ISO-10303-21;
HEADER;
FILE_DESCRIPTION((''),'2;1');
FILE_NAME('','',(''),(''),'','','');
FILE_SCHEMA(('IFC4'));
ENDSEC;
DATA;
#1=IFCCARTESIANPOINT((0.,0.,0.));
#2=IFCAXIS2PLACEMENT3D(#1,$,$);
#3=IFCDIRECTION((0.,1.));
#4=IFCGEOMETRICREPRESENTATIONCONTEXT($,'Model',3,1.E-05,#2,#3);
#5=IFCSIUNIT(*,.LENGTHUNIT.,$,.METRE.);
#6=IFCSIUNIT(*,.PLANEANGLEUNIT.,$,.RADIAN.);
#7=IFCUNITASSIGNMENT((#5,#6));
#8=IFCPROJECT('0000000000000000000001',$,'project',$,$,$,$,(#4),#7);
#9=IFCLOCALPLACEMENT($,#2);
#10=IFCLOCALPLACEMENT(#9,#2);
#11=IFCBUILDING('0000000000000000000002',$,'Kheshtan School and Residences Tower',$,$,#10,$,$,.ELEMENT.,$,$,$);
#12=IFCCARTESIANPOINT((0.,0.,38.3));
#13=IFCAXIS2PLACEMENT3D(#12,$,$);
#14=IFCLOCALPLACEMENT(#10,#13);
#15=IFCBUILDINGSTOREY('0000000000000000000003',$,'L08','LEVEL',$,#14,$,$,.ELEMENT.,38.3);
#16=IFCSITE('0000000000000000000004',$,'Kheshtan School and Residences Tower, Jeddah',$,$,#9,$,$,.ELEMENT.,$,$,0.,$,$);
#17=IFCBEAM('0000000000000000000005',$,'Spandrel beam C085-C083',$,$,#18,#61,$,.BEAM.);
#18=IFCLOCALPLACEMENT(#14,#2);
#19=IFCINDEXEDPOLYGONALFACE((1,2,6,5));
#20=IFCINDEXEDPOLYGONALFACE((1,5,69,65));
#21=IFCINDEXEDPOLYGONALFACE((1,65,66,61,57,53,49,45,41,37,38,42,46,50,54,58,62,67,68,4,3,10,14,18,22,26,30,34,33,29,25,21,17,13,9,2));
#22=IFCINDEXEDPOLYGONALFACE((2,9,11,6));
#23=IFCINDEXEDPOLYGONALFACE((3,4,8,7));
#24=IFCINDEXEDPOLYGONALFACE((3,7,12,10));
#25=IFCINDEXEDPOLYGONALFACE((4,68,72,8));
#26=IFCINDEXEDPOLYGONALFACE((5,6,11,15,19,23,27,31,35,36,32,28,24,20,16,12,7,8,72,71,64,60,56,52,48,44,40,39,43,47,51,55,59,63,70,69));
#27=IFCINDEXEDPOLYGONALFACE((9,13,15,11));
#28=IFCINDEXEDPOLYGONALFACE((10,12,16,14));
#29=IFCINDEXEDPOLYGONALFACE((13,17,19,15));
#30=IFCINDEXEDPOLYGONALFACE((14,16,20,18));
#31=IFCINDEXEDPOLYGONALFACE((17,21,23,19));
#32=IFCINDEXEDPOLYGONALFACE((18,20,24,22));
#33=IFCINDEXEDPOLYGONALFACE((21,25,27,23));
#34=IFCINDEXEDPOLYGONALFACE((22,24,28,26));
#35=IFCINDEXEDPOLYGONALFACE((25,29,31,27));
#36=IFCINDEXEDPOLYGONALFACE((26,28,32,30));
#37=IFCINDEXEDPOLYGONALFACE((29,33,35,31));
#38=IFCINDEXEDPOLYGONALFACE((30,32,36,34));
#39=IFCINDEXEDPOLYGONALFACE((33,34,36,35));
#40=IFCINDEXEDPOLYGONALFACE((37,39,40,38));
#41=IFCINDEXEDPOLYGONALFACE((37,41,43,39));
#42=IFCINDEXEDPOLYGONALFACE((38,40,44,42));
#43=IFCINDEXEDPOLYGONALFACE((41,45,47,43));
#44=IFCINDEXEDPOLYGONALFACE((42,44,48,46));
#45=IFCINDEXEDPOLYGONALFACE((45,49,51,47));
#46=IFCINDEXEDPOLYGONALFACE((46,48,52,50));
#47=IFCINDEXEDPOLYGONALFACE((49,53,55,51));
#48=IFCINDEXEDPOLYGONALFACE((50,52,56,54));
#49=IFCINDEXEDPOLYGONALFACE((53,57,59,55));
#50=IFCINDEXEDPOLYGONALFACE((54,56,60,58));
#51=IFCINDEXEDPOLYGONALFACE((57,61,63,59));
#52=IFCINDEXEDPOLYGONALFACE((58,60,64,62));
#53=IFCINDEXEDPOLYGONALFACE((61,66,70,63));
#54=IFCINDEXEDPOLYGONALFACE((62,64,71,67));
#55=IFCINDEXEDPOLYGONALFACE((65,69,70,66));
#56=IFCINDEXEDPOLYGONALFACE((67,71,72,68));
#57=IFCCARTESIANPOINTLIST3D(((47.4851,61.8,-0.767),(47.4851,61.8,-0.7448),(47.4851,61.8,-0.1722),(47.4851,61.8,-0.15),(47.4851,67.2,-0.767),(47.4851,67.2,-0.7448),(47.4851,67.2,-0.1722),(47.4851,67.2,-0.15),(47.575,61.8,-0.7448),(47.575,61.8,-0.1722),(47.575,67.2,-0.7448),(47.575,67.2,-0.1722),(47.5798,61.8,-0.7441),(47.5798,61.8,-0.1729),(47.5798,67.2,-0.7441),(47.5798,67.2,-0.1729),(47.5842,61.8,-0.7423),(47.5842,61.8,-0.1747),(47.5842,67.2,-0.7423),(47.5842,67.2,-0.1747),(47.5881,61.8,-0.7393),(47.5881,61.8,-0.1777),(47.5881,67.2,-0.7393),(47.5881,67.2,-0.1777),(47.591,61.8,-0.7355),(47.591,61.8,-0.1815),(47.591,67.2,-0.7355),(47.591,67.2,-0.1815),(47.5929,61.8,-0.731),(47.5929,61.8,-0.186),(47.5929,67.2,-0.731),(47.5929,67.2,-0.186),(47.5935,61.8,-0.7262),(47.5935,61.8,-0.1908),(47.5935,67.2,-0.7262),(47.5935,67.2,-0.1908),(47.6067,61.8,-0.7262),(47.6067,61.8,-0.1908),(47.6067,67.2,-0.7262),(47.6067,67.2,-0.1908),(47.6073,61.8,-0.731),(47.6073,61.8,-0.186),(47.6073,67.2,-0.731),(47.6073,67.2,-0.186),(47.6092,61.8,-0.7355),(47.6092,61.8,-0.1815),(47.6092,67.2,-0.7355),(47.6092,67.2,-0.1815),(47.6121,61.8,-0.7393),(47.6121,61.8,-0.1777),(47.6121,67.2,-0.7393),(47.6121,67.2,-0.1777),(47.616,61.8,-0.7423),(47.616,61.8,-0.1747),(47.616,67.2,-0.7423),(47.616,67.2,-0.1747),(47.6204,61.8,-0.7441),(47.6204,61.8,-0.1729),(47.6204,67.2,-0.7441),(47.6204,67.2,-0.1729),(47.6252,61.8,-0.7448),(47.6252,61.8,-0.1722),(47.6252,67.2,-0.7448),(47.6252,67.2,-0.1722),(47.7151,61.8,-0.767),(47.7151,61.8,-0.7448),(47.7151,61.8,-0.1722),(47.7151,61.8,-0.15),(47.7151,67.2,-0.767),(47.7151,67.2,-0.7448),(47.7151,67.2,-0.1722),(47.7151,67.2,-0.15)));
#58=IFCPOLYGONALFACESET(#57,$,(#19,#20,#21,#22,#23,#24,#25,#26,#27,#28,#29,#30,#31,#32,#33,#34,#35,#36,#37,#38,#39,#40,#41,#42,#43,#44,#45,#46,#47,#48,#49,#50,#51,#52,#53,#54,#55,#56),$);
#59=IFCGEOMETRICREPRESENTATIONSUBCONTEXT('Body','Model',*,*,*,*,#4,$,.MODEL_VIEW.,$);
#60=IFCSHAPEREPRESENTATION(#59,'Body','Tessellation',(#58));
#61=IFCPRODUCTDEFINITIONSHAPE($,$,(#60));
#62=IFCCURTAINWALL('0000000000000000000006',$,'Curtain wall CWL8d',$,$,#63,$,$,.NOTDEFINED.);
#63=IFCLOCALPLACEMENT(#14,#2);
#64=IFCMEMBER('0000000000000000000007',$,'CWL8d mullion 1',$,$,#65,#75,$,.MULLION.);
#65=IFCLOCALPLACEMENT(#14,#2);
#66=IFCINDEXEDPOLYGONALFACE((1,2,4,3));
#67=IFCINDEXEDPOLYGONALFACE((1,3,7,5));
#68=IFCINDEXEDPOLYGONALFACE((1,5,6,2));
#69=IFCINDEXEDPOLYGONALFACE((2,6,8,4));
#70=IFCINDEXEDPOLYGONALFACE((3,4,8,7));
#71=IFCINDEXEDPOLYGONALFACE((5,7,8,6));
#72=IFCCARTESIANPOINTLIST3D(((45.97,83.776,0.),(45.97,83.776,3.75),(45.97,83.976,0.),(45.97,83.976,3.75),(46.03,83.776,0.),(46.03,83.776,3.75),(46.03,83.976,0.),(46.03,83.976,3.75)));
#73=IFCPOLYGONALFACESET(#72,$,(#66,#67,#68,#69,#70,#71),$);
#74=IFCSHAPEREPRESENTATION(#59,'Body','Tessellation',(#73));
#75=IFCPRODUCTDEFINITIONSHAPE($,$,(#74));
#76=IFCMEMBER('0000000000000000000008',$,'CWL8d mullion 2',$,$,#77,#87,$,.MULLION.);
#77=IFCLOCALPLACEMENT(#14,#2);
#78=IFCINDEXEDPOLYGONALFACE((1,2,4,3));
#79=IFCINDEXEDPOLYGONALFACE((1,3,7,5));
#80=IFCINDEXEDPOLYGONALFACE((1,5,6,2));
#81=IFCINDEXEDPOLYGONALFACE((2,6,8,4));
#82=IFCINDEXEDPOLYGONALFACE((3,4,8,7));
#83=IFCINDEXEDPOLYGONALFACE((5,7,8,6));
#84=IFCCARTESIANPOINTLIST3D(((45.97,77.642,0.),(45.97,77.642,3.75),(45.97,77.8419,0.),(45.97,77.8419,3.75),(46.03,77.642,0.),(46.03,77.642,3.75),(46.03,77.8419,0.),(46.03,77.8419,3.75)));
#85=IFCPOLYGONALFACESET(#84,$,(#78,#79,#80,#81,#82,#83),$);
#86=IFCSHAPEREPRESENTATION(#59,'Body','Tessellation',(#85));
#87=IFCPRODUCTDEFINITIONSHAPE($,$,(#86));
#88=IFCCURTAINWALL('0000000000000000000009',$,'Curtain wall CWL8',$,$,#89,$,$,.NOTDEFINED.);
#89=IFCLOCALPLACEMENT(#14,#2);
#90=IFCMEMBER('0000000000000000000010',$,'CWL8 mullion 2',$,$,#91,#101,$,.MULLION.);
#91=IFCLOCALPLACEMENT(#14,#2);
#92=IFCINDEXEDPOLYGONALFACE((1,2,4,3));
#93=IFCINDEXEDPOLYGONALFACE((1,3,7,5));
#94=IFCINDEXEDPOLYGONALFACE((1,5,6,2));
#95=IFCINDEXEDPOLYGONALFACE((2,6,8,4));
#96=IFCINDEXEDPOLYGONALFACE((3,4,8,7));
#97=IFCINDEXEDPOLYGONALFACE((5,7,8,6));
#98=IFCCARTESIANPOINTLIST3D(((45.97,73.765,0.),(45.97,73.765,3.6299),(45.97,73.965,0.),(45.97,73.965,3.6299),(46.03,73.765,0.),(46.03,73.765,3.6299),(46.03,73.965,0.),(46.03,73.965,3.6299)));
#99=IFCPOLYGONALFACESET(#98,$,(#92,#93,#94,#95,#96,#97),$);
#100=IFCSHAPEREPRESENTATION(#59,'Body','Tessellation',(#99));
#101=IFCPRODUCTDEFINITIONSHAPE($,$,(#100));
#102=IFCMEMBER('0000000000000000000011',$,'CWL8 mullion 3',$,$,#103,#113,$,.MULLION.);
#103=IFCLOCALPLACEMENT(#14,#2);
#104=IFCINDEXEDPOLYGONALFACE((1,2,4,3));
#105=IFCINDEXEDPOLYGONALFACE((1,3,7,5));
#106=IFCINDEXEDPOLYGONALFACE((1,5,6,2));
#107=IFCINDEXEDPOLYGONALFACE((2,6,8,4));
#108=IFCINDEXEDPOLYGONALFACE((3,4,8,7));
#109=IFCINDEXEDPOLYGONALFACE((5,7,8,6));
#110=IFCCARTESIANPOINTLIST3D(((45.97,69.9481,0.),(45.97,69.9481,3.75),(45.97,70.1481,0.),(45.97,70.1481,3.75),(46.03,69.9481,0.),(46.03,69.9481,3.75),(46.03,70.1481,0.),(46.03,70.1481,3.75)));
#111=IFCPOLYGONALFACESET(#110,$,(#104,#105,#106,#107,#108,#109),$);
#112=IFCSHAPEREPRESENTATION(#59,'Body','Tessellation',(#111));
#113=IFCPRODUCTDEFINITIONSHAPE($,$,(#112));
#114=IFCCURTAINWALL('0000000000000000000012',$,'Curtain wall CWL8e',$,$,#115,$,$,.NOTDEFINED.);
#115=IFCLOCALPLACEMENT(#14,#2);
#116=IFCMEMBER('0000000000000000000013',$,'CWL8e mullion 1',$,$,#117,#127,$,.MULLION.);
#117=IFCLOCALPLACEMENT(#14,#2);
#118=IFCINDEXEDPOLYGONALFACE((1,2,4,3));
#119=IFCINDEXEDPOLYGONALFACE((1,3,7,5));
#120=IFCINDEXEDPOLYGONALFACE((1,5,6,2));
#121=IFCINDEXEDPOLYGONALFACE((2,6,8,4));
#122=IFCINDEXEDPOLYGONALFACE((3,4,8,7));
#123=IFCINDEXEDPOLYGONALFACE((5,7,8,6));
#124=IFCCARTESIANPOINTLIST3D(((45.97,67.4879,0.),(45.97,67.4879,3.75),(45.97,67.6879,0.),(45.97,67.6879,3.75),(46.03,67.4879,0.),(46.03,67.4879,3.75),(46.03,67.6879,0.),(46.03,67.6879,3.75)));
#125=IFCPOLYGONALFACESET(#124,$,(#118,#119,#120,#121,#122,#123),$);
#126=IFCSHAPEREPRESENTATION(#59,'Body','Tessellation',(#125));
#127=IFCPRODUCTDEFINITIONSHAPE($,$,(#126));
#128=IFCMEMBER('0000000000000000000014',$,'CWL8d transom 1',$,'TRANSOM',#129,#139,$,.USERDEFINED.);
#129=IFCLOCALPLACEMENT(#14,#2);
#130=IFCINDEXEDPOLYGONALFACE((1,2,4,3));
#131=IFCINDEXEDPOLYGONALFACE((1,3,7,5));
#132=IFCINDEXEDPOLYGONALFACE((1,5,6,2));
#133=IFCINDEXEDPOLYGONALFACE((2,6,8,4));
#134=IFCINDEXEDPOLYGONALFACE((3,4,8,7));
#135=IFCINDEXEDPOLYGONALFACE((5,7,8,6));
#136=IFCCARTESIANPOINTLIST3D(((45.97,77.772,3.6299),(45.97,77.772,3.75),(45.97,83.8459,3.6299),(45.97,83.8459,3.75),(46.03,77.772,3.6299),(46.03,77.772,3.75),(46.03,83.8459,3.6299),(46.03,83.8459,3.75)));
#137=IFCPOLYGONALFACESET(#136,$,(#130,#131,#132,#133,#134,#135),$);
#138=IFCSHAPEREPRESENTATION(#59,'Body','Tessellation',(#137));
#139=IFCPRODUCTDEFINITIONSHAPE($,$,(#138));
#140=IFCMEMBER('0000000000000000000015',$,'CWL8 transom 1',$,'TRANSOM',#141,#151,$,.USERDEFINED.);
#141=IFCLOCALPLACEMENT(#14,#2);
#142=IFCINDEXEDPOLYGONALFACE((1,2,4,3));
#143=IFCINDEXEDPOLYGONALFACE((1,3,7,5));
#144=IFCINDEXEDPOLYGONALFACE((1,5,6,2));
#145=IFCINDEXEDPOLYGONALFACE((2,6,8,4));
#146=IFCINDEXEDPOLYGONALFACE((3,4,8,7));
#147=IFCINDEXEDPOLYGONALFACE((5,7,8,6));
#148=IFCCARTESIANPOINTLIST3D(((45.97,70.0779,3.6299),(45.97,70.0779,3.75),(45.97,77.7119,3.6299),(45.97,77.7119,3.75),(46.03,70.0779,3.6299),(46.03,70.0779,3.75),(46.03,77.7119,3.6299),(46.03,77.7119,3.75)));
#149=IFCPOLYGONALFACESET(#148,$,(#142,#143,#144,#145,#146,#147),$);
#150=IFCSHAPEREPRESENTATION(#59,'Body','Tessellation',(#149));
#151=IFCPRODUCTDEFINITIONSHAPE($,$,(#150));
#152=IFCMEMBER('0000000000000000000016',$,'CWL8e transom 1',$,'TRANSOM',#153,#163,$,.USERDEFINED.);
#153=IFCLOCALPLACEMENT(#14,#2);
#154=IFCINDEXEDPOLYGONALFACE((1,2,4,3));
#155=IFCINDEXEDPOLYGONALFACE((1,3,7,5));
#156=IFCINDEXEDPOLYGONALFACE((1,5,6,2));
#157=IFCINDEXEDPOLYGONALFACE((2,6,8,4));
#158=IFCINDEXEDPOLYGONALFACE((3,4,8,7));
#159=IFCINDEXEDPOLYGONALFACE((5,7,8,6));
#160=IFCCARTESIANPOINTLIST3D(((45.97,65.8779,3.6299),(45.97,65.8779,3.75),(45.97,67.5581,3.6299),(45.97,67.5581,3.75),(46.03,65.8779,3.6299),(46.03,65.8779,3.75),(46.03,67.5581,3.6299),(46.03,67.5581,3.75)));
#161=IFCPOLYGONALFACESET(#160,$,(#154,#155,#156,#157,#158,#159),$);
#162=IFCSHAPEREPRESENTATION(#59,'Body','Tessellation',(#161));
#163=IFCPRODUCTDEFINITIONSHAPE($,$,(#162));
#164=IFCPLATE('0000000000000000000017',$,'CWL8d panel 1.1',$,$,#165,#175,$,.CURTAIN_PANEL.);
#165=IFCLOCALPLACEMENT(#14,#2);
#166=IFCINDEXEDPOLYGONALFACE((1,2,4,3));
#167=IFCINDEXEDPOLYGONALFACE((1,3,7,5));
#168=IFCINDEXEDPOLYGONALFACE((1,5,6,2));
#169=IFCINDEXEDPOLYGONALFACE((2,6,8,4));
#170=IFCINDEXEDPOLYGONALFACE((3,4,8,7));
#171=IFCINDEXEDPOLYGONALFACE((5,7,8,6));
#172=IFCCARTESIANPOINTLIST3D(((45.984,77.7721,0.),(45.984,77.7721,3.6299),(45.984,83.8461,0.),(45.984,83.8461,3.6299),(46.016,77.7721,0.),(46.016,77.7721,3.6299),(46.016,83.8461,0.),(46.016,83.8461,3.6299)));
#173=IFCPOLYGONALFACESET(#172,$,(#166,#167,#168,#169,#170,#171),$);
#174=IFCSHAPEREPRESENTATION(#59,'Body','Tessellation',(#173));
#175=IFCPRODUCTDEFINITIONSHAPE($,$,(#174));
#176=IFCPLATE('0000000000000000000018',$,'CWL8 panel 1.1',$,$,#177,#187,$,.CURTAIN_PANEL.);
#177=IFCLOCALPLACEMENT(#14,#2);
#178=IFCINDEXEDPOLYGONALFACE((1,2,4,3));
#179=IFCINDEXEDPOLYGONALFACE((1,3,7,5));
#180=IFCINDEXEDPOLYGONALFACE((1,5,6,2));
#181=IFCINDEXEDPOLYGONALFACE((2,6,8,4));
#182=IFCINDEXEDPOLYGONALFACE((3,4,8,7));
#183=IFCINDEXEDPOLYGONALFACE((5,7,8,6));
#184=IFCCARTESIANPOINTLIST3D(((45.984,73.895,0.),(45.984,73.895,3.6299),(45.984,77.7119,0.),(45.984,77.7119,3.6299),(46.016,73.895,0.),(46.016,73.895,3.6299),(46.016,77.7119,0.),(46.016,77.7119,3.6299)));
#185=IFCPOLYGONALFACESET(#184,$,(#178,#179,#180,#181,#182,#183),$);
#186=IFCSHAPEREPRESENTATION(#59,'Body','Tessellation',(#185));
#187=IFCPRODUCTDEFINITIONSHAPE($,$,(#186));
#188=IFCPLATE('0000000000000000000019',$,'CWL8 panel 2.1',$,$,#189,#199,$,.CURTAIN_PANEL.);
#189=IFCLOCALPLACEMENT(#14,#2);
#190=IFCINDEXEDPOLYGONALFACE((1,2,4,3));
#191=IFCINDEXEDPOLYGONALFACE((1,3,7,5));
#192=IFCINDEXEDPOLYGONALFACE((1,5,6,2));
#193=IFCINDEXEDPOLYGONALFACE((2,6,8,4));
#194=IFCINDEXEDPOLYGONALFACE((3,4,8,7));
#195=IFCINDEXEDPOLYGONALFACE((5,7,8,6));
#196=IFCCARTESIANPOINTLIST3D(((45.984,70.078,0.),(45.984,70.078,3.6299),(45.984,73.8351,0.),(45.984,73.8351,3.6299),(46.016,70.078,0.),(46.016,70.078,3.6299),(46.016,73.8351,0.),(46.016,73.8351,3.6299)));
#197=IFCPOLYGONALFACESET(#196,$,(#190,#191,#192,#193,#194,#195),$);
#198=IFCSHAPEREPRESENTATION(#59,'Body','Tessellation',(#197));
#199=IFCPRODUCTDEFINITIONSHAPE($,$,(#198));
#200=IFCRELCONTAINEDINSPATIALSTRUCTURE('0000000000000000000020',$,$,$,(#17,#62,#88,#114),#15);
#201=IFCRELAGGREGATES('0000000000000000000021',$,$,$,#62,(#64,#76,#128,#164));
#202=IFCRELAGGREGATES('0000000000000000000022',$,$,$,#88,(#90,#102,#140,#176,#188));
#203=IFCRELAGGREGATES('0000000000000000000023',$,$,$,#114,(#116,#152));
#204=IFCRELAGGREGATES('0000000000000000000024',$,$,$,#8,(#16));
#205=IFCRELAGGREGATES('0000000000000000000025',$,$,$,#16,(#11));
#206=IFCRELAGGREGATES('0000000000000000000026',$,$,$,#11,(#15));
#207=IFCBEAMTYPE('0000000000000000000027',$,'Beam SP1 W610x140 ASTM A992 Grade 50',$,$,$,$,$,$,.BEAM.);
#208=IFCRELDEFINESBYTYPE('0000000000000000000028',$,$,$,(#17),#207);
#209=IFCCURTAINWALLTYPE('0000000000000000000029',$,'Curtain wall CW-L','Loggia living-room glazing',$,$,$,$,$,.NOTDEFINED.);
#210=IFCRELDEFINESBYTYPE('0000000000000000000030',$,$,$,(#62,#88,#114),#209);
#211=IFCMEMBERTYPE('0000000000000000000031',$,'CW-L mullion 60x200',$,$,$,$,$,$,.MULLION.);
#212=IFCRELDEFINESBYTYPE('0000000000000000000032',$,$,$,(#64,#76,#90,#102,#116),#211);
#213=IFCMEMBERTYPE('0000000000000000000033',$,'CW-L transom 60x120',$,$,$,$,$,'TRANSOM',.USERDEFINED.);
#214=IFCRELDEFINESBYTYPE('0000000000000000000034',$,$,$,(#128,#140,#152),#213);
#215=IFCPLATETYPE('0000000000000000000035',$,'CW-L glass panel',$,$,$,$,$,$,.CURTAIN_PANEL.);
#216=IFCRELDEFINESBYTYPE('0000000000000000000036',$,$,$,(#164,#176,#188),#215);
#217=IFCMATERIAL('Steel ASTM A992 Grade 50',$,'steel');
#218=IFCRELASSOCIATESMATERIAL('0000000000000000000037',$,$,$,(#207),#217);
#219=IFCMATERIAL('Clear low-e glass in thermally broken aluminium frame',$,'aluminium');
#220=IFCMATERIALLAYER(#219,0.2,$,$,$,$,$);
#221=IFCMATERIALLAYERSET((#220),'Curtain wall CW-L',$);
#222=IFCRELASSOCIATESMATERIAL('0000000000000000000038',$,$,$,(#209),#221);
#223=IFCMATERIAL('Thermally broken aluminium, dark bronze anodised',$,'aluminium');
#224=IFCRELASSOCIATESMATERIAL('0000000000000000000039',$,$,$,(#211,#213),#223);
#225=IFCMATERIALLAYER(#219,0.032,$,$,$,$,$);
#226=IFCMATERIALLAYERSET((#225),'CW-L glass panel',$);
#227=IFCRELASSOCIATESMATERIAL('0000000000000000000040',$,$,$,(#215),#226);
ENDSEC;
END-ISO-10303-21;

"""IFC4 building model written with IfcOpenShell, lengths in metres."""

from ifc_helpers import new_model, si_unit, direction, frame, origin, origin_2d, place, context, subcontext, project, spatial, rectangle, i_section, extrude, material, layer, layer_set, material_profile, profile_set, type_object, element, aggregate, save


model = new_model("IFC4")

# Units and contexts
model_context = context("Model", 3, precision=1e-05, world=origin(), true_north=direction((0.0, 1.0)))
body_context = subcontext(model_context, "Body", "Model", "MODEL_VIEW")
ifc_project = project(units=[si_unit("LENGTHUNIT", "METRE"), si_unit("PLANEANGLEUNIT", "RADIAN")], contexts=[model_context])

# Site, building, storey
site_placement = place(None, origin())
site = spatial("IfcSite", under=ifc_project, at=site_placement, Name="Kheshtan School and Residences Tower, Jeddah", CompositionType="ELEMENT", RefElevation=0.0)
building_placement = place(site_placement, origin())
building = spatial("IfcBuilding", under=site, at=building_placement, Name="Kheshtan School and Residences Tower", CompositionType="ELEMENT")
storey_placement = place(building_placement, frame((0.0, 0.0, 38.3)))
storey = spatial("IfcBuildingStorey", under=building, at=storey_placement, Name="L08", Description="LEVEL", CompositionType="ELEMENT", Elevation=38.3)

# Shared definitions
ifc_material_1 = material(Name="Steel ASTM A992 Grade 50", Category="steel")

# Beam
ifc_material_profile_1 = material_profile(ifc_material_1, i_section(OverallWidth=0.23, OverallDepth=0.6169, WebThickness=0.0132, FlangeThickness=0.0222, FilletRadius=0.0186, at=origin_2d()), Name="W610x140")
ifc_profile_set_1 = profile_set([ifc_material_profile_1], Name="Steel ASTM A992 Grade 50")
beam_type_1 = type_object("IfcBeamType", Name="Beam SP1 W610x140 ASTM A992 Grade 50", PredefinedType="BEAM", material=ifc_profile_set_1)
beam_1_placement = place(storey_placement, frame((47.6001, 67.2, -0.4585), z_axis=(0.0, -1.0, 0.0), x_axis=(1.0, 0.0, 0.0)))
element("IfcBeam", 1, at=beam_1_placement, inside=storey, type_object=beam_type_1, Name="Spandrel beam C085-C083", PredefinedType="BEAM", context=body_context, shape_type="SweptSolid", body=[
    extrude(i_section(OverallWidth=0.23, OverallDepth=0.6169, WebThickness=0.0132, FlangeThickness=0.0222, FilletRadius=0.0186, at=origin_2d()), origin(), (0.0, 0.0, 1.0), 5.3999),
])

# Curtain walls, members
ifc_material_2 = material(Name="Clear low-e glass in thermally broken aluminium frame", Category="aluminium")
ifc_layer_1 = layer(ifc_material_2, 0.2)
ifc_layer_set_1 = layer_set([ifc_layer_1], Name="Curtain wall CW-L")
curtain_wall_type = type_object("IfcCurtainWallType", Name="Curtain wall CW-L", Description="Loggia living-room glazing", PredefinedType="NOTDEFINED", material=ifc_layer_set_1)
curtain_wall_1_placement = place(storey_placement, origin())
curtain_wall_1 = element("IfcCurtainWall", 2, at=curtain_wall_1_placement, inside=storey, type_object=curtain_wall_type, Name="Curtain wall CWL8d", PredefinedType="NOTDEFINED")
ifc_material_3 = material(Name="Thermally broken aluminium, dark bronze anodised", Category="aluminium")
ifc_material_profile_2 = material_profile(ifc_material_3, rectangle(XDim=0.0601, YDim=0.2, at=origin_2d()), Name="CW-L mullion 60x200")
ifc_profile_set_2 = profile_set([ifc_material_profile_2], Name="Thermally broken aluminium, dark bronze anodised")
member_type_1 = type_object("IfcMemberType", Name="CW-L mullion 60x200", PredefinedType="MULLION", material=ifc_profile_set_2)
member_1_placement = place(storey_placement, frame((46.0, 83.876, 0.0), z_axis=(0.0, 0.0, 1.0), x_axis=(1.0, 0.0, 0.0)))
member_1 = element("IfcMember", 3, at=member_1_placement, type_object=member_type_1, Name="CWL8d mullion 1", PredefinedType="MULLION", context=body_context, shape_type="SweptSolid", body=[
    extrude(rectangle(XDim=0.0601, YDim=0.2, at=origin_2d()), origin(), (0.0, 0.0, 1.0), 3.75),
])
member_2_placement = place(storey_placement, frame((46.0, 77.7419, 0.0), z_axis=(0.0, 0.0, 1.0), x_axis=(1.0, 0.0, 0.0)))
member_2 = element("IfcMember", 4, at=member_2_placement, type_object=member_type_1, Name="CWL8d mullion 2", PredefinedType="MULLION", context=body_context, shape_type="SweptSolid", body=[
    extrude(rectangle(XDim=0.0601, YDim=0.2, at=origin_2d()), origin(), (0.0, 0.0, 1.0), 3.75),
])
curtain_wall_2_placement = place(storey_placement, origin())
curtain_wall_2 = element("IfcCurtainWall", 5, at=curtain_wall_2_placement, inside=storey, type_object=curtain_wall_type, Name="Curtain wall CWL8", PredefinedType="NOTDEFINED")
member_3_placement = place(storey_placement, frame((46.0, 73.865, 0.0), z_axis=(0.0, 0.0, 1.0), x_axis=(1.0, 0.0, 0.0)))
member_3 = element("IfcMember", 6, at=member_3_placement, type_object=member_type_1, Name="CWL8 mullion 2", PredefinedType="MULLION", context=body_context, shape_type="SweptSolid", body=[
    extrude(rectangle(XDim=0.0601, YDim=0.2, at=origin_2d()), origin(), (0.0, 0.0, 1.0), 3.6299),
])
member_4_placement = place(storey_placement, frame((46.0, 70.0481, 0.0), z_axis=(0.0, 0.0, 1.0), x_axis=(1.0, 0.0, 0.0)))
member_4 = element("IfcMember", 7, at=member_4_placement, type_object=member_type_1, Name="CWL8 mullion 3", PredefinedType="MULLION", context=body_context, shape_type="SweptSolid", body=[
    extrude(rectangle(XDim=0.0601, YDim=0.2, at=origin_2d()), origin(), (0.0, 0.0, 1.0), 3.75),
])

# Curtain wall, member
curtain_wall_3_placement = place(storey_placement, origin())
curtain_wall_3 = element("IfcCurtainWall", 8, at=curtain_wall_3_placement, inside=storey, type_object=curtain_wall_type, Name="Curtain wall CWL8e", PredefinedType="NOTDEFINED")
member_5_placement = place(storey_placement, frame((46.0, 67.5879, 0.0), z_axis=(0.0, 0.0, 1.0), x_axis=(1.0, 0.0, 0.0)))
member_5 = element("IfcMember", 9, at=member_5_placement, type_object=member_type_1, Name="CWL8e mullion 1", PredefinedType="MULLION", context=body_context, shape_type="SweptSolid", body=[
    extrude(rectangle(XDim=0.0601, YDim=0.2, at=origin_2d()), origin(), (0.0, 0.0, 1.0), 3.75),
])

# Members
ifc_material_profile_3 = material_profile(ifc_material_3, rectangle(XDim=0.0601, YDim=0.1201, at=origin_2d()), Name="CW-L transom 60x120")
ifc_profile_set_3 = profile_set([ifc_material_profile_3], Name="Thermally broken aluminium, dark bronze anodised")
member_type_2 = type_object("IfcMemberType", Name="CW-L transom 60x120", ElementType="TRANSOM", PredefinedType="USERDEFINED", material=ifc_profile_set_3)
member_6_placement = place(storey_placement, frame((46.0, 83.8459, 3.6899), z_axis=(0.0, -1.0, 0.0), x_axis=(1.0, 0.0, 0.0)))
member_6 = element("IfcMember", 10, at=member_6_placement, type_object=member_type_2, Name="CWL8d transom 1", ObjectType="TRANSOM", PredefinedType="USERDEFINED", context=body_context, shape_type="SweptSolid", body=[
    extrude(rectangle(XDim=0.0601, YDim=0.1201, at=origin_2d()), origin(), (0.0, 0.0, 1.0), 6.074),
])
member_7_placement = place(storey_placement, frame((46.0, 77.7119, 3.6899), z_axis=(0.0, -1.0, 0.0), x_axis=(1.0, 0.0, 0.0)))
member_7 = element("IfcMember", 11, at=member_7_placement, type_object=member_type_2, Name="CWL8 transom 1", ObjectType="TRANSOM", PredefinedType="USERDEFINED", context=body_context, shape_type="SweptSolid", body=[
    extrude(rectangle(XDim=0.0601, YDim=0.1201, at=origin_2d()), origin(), (0.0, 0.0, 1.0), 7.634),
])
member_8_placement = place(storey_placement, frame((46.0, 67.5581, 3.6899), z_axis=(0.0, -1.0, 0.0), x_axis=(1.0, 0.0, 0.0)))
member_8 = element("IfcMember", 12, at=member_8_placement, type_object=member_type_2, Name="CWL8e transom 1", ObjectType="TRANSOM", PredefinedType="USERDEFINED", context=body_context, shape_type="SweptSolid", body=[
    extrude(rectangle(XDim=0.0601, YDim=0.1201, at=origin_2d()), origin(), (0.0, 0.0, 1.0), 1.6802),
])

# Plates
ifc_layer_2 = layer(ifc_material_2, 0.032)
ifc_layer_set_2 = layer_set([ifc_layer_2], Name="CW-L glass panel")
plate_type = type_object("IfcPlateType", Name="CW-L glass panel", PredefinedType="CURTAIN_PANEL", material=ifc_layer_set_2)
plate_1_placement = place(storey_placement, frame((46.0, 80.8091, 0.0), z_axis=(0.0, 0.0, 1.0), x_axis=(0.0, -1.0, 0.0)))
plate_1 = element("IfcPlate", 13, at=plate_1_placement, type_object=plate_type, Name="CWL8d panel 1.1", PredefinedType="CURTAIN_PANEL", context=body_context, shape_type="SweptSolid", body=[
    extrude(rectangle(XDim=6.074, YDim=0.032, at=origin_2d()), origin(), (0.0, 0.0, 1.0), 3.6299),
])
aggregate(curtain_wall_1, [member_1, member_2, member_6, plate_1])
plate_2_placement = place(storey_placement, frame((46.0, 75.8035, 0.0), z_axis=(0.0, 0.0, 1.0), x_axis=(0.0, -1.0, 0.0)))
plate_2 = element("IfcPlate", 14, at=plate_2_placement, type_object=plate_type, Name="CWL8 panel 1.1", PredefinedType="CURTAIN_PANEL", context=body_context, shape_type="SweptSolid", body=[
    extrude(rectangle(XDim=3.8169, YDim=0.032, at=origin_2d()), origin(), (0.0, 0.0, 1.0), 3.6299),
])
plate_3_placement = place(storey_placement, frame((46.0, 71.9565, 0.0), z_axis=(0.0, 0.0, 1.0), x_axis=(0.0, -1.0, 0.0)))
plate_3 = element("IfcPlate", 15, at=plate_3_placement, type_object=plate_type, Name="CWL8 panel 2.1", PredefinedType="CURTAIN_PANEL", context=body_context, shape_type="SweptSolid", body=[
    extrude(rectangle(XDim=3.7571, YDim=0.032, at=origin_2d()), origin(), (0.0, 0.0, 1.0), 3.6299),
])
aggregate(curtain_wall_2, [member_3, member_4, member_7, plate_2, plate_3])
aggregate(curtain_wall_3, [member_5, member_8])

save(model, "model.ifc")
